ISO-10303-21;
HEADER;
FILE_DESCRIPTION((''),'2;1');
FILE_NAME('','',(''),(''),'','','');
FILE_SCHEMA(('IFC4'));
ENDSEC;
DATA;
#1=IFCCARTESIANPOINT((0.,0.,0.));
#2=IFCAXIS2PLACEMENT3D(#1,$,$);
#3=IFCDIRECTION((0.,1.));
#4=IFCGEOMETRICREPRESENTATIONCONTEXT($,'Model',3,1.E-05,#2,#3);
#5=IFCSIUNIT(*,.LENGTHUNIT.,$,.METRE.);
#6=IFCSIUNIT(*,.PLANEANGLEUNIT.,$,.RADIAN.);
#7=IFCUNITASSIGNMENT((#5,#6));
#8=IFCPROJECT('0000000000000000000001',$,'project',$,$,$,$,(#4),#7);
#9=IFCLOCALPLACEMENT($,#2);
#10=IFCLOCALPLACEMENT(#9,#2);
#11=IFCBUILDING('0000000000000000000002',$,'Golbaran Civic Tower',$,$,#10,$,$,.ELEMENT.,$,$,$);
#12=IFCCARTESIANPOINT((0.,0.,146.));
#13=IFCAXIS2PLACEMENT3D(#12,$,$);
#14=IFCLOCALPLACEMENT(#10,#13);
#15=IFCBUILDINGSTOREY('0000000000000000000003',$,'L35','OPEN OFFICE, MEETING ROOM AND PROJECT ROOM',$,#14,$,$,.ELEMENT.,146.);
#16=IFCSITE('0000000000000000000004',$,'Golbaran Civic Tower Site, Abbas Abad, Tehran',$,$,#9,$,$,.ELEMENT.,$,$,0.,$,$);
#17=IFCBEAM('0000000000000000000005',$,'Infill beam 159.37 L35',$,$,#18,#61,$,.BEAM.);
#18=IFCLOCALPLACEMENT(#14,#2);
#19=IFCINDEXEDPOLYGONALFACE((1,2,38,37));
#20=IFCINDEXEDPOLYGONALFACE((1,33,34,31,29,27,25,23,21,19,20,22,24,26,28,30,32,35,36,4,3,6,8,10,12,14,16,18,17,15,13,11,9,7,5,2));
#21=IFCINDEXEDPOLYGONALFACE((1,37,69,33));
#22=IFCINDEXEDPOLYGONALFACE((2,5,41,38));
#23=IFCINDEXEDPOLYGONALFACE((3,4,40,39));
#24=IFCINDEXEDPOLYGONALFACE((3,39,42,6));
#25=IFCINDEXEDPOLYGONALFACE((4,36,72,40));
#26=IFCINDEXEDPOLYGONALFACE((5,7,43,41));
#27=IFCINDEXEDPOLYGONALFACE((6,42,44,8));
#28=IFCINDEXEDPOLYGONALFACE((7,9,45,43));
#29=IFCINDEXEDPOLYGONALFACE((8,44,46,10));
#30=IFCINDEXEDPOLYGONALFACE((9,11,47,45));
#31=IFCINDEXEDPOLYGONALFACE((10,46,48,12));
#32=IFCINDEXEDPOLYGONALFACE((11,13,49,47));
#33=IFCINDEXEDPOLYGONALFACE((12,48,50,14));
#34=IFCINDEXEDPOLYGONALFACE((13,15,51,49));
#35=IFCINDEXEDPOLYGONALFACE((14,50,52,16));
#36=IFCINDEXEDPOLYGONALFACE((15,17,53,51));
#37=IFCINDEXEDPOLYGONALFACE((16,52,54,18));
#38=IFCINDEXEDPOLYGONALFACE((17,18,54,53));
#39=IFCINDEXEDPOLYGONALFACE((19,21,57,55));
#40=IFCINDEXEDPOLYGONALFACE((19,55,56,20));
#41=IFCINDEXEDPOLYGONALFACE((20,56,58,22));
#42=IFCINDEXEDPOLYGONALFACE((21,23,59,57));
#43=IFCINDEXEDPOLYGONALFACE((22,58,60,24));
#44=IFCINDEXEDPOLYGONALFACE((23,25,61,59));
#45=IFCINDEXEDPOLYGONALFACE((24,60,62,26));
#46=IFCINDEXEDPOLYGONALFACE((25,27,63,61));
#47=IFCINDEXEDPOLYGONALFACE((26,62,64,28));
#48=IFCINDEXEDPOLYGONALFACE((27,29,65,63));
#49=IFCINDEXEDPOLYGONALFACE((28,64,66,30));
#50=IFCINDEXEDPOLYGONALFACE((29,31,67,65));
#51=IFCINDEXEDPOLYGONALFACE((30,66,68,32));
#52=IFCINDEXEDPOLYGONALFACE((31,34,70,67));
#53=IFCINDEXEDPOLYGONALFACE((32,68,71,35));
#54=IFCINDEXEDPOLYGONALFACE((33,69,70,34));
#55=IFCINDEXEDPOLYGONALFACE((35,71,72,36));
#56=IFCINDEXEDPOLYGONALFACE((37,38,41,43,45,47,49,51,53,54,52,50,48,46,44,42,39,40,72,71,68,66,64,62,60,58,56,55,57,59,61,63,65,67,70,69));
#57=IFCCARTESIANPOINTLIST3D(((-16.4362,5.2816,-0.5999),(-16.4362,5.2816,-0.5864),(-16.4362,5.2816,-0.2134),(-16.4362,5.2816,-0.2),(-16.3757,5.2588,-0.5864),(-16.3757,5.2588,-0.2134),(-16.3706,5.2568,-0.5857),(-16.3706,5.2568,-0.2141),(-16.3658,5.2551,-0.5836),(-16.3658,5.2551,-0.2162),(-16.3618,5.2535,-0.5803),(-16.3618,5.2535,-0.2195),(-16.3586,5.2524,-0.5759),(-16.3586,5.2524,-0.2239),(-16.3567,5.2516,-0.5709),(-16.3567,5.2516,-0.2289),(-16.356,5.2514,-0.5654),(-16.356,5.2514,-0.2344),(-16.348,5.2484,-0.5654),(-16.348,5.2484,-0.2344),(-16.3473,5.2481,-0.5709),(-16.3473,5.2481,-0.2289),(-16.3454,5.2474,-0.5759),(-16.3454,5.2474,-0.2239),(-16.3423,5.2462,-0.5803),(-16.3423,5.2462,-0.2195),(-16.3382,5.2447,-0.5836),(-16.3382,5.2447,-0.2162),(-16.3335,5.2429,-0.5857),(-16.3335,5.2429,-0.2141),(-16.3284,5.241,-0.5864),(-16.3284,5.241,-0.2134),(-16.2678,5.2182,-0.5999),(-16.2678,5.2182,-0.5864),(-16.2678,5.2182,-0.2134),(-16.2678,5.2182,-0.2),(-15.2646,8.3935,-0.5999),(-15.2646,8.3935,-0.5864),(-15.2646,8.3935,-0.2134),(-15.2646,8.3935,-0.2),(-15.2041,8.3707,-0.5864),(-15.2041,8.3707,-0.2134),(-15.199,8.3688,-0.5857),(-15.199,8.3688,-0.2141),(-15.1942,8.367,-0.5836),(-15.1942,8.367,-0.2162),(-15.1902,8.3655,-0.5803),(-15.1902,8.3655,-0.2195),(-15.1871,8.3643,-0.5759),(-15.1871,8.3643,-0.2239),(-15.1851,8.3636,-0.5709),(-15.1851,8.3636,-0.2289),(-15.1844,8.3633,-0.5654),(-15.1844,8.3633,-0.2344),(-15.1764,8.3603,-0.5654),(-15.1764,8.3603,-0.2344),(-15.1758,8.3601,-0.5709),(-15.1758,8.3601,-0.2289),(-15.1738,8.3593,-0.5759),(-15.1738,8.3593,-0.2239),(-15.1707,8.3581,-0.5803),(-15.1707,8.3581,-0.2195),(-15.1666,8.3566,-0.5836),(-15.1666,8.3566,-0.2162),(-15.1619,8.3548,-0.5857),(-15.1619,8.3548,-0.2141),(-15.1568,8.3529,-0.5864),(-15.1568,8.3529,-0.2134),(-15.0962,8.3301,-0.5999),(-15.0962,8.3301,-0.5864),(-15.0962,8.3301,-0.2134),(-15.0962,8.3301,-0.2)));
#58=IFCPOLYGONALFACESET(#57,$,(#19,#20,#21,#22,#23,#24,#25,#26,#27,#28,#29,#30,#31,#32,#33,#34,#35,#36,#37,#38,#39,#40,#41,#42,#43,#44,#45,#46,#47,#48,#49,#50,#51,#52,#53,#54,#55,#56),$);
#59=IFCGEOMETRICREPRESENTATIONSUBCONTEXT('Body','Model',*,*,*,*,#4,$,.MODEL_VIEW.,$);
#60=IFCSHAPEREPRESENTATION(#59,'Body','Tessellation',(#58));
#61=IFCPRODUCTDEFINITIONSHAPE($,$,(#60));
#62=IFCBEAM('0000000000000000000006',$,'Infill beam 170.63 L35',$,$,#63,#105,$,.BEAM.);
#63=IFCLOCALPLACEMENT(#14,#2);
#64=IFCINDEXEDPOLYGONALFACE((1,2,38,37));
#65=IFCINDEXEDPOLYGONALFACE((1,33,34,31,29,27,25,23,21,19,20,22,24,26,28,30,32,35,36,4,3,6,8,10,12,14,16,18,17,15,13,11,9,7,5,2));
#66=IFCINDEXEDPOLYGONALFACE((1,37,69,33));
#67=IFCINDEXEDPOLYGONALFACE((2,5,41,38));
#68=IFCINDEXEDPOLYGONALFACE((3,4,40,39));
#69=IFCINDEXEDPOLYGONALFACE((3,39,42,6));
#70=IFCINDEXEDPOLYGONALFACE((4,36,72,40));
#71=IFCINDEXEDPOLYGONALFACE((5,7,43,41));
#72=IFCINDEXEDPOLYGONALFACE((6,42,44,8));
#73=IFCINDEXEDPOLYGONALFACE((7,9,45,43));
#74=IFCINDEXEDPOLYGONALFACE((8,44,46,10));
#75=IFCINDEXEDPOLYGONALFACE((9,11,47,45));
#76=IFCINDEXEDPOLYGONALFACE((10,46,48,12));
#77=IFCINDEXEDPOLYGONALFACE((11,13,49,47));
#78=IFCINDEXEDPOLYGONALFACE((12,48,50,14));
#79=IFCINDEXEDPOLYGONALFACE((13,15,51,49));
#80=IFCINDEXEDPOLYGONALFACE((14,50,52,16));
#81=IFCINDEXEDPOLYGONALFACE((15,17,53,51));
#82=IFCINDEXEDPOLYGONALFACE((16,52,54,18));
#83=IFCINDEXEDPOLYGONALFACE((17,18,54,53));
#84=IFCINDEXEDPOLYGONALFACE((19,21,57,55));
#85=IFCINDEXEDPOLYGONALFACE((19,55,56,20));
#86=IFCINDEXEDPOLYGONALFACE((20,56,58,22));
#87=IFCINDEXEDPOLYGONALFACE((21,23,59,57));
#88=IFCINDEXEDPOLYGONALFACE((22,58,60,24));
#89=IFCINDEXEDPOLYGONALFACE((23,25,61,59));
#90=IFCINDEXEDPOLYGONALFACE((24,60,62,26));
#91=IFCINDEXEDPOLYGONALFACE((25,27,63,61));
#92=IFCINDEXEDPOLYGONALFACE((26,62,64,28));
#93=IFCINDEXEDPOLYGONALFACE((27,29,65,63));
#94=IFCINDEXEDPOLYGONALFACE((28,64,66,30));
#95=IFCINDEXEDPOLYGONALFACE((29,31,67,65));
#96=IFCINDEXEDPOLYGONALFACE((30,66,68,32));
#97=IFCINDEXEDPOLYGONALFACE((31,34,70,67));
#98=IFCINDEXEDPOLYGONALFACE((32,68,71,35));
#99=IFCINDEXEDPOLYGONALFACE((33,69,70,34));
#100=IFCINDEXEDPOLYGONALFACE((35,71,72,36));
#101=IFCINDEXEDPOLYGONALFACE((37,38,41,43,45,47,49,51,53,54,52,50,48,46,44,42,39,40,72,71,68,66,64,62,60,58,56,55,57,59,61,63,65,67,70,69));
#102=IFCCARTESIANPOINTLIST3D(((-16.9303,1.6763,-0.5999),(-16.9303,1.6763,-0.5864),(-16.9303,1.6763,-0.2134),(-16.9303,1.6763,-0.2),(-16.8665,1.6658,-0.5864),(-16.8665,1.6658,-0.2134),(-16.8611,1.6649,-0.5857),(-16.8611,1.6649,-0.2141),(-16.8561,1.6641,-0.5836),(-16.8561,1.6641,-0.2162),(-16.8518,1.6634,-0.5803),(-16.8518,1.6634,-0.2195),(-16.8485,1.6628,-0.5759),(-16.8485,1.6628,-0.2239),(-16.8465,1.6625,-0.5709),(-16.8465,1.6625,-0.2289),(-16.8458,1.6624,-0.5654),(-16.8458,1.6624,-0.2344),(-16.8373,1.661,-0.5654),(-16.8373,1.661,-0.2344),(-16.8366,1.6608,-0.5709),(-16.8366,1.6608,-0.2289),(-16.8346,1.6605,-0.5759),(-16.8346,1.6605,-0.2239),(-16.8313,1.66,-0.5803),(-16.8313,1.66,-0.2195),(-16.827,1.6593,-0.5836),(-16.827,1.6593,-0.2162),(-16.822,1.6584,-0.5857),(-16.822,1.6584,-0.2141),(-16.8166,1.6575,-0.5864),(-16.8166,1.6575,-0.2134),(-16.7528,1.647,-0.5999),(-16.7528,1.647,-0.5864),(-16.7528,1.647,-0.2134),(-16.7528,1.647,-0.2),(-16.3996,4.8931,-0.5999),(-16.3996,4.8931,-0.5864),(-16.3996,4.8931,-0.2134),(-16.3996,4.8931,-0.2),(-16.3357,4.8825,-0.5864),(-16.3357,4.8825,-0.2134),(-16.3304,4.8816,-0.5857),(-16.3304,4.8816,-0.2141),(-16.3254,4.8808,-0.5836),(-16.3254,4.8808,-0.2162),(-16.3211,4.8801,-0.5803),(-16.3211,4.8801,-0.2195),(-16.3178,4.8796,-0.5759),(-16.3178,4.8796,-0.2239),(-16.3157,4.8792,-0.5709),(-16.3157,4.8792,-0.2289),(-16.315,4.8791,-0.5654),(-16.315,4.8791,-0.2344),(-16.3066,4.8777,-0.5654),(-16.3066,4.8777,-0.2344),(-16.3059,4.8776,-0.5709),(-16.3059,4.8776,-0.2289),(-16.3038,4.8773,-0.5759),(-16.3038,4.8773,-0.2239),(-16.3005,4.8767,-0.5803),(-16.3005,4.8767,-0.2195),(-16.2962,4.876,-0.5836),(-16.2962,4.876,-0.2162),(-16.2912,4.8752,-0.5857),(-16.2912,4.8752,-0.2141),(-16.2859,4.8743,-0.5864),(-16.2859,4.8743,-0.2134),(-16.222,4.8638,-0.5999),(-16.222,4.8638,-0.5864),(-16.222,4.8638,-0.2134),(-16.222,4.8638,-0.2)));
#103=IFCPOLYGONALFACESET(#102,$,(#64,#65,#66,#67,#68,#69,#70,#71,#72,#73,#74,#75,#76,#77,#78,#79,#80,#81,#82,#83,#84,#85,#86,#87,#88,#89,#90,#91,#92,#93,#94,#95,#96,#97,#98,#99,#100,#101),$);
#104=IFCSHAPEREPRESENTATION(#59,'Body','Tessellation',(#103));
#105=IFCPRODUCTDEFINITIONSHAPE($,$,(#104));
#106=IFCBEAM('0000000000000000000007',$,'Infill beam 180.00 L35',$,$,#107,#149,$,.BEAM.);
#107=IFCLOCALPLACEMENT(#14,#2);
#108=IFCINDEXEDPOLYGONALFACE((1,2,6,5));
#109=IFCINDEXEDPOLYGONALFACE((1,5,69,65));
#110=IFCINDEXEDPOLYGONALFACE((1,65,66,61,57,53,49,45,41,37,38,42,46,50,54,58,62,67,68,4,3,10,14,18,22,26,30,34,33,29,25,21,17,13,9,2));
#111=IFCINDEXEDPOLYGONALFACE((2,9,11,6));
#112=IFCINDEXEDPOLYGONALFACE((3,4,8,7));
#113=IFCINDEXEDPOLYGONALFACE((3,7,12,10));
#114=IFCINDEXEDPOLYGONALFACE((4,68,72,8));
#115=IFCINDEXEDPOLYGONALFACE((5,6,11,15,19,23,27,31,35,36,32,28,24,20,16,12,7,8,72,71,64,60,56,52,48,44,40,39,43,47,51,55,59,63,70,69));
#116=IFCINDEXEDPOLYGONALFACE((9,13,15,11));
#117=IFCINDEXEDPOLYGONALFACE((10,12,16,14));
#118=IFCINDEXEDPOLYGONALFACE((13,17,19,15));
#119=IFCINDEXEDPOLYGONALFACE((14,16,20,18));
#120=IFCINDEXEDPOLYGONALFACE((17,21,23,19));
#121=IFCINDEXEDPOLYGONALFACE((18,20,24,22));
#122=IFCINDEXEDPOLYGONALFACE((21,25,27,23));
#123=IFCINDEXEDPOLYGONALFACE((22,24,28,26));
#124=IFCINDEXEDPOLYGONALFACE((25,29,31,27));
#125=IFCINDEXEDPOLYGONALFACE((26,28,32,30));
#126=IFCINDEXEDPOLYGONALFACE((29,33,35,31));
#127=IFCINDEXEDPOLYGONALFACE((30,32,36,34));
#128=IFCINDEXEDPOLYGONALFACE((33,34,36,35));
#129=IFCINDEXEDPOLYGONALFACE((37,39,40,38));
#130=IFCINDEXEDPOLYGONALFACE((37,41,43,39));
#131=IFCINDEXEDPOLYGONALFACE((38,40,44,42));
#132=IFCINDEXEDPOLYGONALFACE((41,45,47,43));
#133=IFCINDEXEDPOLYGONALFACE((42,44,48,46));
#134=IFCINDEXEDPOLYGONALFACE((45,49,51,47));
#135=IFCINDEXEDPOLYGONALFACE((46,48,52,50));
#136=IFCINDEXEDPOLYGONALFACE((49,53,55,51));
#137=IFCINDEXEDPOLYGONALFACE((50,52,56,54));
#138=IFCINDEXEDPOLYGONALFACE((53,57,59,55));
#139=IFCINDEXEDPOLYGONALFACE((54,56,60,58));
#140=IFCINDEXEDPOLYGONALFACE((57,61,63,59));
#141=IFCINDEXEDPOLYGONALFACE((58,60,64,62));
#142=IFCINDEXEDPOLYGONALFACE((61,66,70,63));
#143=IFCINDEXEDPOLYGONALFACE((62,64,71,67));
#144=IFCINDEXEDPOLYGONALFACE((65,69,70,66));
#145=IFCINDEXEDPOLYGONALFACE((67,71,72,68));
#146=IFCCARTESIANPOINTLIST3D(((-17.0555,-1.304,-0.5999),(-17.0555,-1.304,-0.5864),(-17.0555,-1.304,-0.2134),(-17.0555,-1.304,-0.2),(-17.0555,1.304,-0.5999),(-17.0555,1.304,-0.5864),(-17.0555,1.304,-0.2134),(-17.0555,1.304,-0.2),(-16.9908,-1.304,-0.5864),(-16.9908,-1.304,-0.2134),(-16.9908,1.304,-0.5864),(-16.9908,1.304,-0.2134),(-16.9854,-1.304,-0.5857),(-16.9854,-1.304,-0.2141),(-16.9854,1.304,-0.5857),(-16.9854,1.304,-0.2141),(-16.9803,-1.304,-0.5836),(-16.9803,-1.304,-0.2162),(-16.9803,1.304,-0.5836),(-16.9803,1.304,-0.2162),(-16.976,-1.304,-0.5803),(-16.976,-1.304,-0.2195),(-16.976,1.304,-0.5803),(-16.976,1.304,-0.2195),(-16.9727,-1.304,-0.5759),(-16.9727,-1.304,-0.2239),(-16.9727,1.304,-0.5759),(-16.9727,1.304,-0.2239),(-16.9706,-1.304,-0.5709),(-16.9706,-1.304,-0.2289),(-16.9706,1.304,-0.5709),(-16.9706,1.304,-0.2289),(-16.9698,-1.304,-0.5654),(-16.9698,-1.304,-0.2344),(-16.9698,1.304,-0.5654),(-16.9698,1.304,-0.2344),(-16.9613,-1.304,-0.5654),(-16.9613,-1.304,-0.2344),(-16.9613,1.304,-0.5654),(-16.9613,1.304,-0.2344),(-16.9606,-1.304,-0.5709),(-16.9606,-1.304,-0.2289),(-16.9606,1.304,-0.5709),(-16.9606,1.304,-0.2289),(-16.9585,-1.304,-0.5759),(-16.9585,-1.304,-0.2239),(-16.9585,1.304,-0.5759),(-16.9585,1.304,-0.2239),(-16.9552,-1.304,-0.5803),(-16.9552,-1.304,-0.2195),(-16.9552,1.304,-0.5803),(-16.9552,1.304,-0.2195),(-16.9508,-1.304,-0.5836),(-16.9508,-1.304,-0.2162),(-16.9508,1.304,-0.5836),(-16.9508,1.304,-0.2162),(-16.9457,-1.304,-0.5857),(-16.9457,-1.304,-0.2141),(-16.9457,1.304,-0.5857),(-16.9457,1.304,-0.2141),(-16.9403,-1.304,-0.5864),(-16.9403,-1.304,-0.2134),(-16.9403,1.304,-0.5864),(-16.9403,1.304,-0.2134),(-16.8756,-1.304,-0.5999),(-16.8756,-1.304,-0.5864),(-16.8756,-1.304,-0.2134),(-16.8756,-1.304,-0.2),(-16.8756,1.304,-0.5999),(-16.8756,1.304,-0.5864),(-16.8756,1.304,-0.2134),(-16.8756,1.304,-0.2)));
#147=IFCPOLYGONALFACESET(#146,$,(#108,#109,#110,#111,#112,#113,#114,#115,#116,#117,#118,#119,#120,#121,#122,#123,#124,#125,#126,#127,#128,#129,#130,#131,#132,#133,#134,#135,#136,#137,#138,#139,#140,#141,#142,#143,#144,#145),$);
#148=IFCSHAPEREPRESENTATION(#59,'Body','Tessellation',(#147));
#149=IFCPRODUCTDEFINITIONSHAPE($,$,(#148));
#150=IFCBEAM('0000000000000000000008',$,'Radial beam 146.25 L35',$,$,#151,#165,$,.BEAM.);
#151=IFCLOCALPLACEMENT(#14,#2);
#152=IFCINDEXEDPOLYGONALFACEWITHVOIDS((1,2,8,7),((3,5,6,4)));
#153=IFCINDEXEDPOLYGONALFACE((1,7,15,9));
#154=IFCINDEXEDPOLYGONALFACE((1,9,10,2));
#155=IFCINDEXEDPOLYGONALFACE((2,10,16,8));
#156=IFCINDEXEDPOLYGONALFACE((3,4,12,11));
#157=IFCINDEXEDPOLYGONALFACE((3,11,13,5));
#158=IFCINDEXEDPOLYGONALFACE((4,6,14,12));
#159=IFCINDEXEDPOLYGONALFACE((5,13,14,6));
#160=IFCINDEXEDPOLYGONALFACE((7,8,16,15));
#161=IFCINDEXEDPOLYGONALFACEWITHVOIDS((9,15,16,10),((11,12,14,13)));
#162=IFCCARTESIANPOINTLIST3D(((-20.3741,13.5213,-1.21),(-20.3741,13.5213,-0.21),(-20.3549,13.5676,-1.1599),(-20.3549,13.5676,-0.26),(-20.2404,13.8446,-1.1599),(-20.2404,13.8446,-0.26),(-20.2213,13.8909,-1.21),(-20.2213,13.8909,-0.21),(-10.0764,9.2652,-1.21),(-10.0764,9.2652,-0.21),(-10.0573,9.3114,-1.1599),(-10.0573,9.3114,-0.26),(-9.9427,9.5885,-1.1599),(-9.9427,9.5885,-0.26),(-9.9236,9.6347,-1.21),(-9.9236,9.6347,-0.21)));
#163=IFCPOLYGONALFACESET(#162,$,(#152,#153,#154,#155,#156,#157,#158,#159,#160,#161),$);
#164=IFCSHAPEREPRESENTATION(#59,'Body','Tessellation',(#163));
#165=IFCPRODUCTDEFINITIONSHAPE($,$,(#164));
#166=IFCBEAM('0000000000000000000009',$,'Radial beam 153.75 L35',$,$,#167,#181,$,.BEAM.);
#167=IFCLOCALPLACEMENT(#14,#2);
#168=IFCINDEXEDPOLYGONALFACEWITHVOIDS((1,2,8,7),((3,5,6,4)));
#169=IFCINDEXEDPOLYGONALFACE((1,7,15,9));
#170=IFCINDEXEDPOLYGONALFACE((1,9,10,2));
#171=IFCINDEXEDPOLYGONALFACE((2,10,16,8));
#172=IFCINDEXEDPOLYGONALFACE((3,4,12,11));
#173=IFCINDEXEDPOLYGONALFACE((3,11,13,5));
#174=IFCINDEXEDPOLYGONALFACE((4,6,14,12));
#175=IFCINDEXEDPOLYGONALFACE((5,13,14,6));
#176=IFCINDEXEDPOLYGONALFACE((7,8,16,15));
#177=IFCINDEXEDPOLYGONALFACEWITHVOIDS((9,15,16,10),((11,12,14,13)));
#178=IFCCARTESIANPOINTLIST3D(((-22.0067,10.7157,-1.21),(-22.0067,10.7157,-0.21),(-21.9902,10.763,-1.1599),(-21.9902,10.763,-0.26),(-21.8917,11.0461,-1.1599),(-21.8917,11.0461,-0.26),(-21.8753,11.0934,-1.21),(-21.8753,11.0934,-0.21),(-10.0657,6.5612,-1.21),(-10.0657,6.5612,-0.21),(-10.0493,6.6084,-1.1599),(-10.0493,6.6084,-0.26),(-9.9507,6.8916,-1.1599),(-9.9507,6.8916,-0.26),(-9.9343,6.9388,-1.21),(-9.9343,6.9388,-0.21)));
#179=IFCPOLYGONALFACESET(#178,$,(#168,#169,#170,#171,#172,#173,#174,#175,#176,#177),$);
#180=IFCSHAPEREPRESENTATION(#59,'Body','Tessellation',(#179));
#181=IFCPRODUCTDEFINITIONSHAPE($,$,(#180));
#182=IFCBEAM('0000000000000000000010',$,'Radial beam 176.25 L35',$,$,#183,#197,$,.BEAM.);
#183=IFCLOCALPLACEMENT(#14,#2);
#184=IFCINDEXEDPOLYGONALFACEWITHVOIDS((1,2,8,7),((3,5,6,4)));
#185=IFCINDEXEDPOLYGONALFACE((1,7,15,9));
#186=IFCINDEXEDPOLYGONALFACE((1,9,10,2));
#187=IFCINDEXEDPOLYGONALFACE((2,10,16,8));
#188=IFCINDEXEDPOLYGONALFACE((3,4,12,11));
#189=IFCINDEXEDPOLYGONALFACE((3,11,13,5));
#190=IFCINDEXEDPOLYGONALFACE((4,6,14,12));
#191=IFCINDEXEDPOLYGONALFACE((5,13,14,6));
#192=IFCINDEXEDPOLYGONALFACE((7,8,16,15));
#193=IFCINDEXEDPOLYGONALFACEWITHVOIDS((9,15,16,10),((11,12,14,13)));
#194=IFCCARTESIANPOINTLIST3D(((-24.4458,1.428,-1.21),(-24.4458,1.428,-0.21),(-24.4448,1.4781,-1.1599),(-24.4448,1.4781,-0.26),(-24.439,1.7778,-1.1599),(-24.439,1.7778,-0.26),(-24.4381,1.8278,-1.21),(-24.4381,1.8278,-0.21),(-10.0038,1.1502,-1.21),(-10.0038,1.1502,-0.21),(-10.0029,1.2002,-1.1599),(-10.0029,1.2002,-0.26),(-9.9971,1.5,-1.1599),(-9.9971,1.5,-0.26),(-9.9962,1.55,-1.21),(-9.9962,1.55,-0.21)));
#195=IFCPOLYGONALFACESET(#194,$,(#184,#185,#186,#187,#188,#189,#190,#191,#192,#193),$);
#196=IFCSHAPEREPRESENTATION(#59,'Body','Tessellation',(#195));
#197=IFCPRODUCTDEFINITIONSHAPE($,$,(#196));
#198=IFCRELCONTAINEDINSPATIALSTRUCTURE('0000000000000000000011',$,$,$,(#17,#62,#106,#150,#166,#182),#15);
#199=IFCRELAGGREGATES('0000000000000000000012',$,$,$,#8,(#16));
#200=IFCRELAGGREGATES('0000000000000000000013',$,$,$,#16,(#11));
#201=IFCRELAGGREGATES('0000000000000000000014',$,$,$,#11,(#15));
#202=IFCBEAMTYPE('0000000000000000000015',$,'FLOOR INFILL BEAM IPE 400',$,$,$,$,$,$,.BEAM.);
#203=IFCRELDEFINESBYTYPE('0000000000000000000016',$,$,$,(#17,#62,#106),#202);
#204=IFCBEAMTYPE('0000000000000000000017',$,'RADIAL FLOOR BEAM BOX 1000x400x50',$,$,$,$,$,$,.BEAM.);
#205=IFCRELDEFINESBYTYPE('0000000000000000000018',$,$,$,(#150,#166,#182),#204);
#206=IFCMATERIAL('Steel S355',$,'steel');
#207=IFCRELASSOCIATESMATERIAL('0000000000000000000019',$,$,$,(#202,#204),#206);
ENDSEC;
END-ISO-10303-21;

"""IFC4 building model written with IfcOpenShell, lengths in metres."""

from ifc_helpers import new_model, si_unit, direction, frame, origin, origin_2d, place, context, subcontext, project, spatial, hollow_rectangle, i_section, extrude, material, material_profile, profile_set, type_object, element, save


model = new_model("IFC4")

# Units and contexts
model_context = context("Model", 3, precision=1e-05, world=origin(), true_north=direction((0.0, 1.0)))
body_context = subcontext(model_context, "Body", "Model", "MODEL_VIEW")
ifc_project = project(units=[si_unit("LENGTHUNIT", "METRE"), si_unit("PLANEANGLEUNIT", "RADIAN")], contexts=[model_context])

# Site, building, storey
site_placement = place(None, origin())
site = spatial("IfcSite", under=ifc_project, at=site_placement, Name="Golbaran Civic Tower Site, Abbas Abad, Tehran", CompositionType="ELEMENT", RefElevation=0.0)
building_placement = place(site_placement, origin())
building = spatial("IfcBuilding", under=site, at=building_placement, Name="Golbaran Civic Tower", CompositionType="ELEMENT")
storey_placement = place(building_placement, frame((0.0, 0.0, 146.0)))
storey = spatial("IfcBuildingStorey", under=building, at=storey_placement, Name="L35", Description="OPEN OFFICE, MEETING ROOM AND PROJECT ROOM", CompositionType="ELEMENT", Elevation=146.0)

# Beams
ifc_material_1 = material(Name="Steel S355", Category="steel")
ifc_material_profile_1 = material_profile(ifc_material_1, i_section(OverallWidth=0.1799, OverallDepth=0.3999, WebThickness=0.0085, FlangeThickness=0.0134, FilletRadius=0.021, at=origin_2d()), Name="IPE 400")
ifc_profile_set_1 = profile_set([ifc_material_profile_1], Name="Steel S355")
beam_type_1 = type_object("IfcBeamType", Name="FLOOR INFILL BEAM IPE 400", PredefinedType="BEAM", material=ifc_profile_set_1)
beam_1_placement = place(storey_placement, frame((-15.1804, 8.3618, -0.3999), z_axis=(-0.352338, -0.935873, 0.0), x_axis=(0.935873, -0.352338, 0.0)))
element("IfcBeam", 1, at=beam_1_placement, inside=storey, type_object=beam_type_1, Name="Infill beam 159.37 L35", PredefinedType="BEAM", context=body_context, shape_type="SweptSolid", body=[
    extrude(i_section(OverallWidth=0.1799, OverallDepth=0.3999, WebThickness=0.0085, FlangeThickness=0.0134, FilletRadius=0.021, at=origin_2d()), origin(), (0.0, 0.0, 1.0), 3.3252),
])
beam_2_placement = place(storey_placement, frame((-16.3108, 4.8784, -0.3999), z_axis=(-0.162796, -0.98666, 0.0), x_axis=(0.98666, -0.162796, 0.0)))
element("IfcBeam", 2, at=beam_2_placement, inside=storey, type_object=beam_type_1, Name="Infill beam 170.63 L35", PredefinedType="BEAM", context=body_context, shape_type="SweptSolid", body=[
    extrude(i_section(OverallWidth=0.1799, OverallDepth=0.3999, WebThickness=0.0085, FlangeThickness=0.0134, FilletRadius=0.021, at=origin_2d()), origin(), (0.0, 0.0, 1.0), 3.2603),
])
beam_3_placement = place(storey_placement, frame((-16.9656, 1.304, -0.3999), z_axis=(0.0, -1.0, 0.0), x_axis=(1.0, 0.0, 0.0)))
element("IfcBeam", 3, at=beam_3_placement, inside=storey, type_object=beam_type_1, Name="Infill beam 180.00 L35", PredefinedType="BEAM", context=body_context, shape_type="SweptSolid", body=[
    extrude(i_section(OverallWidth=0.1799, OverallDepth=0.3999, WebThickness=0.0085, FlangeThickness=0.0134, FilletRadius=0.021, at=origin_2d()), origin(), (0.0, 0.0, 1.0), 2.6079),
])
ifc_material_profile_2 = material_profile(ifc_material_1, hollow_rectangle(XDim=0.3999, YDim=1.0, WallThickness=0.05, at=origin_2d()), Name="BOX 1000x400x50")
ifc_profile_set_2 = profile_set([ifc_material_profile_2], Name="Steel S355")
beam_type_2 = type_object("IfcBeamType", Name="RADIAL FLOOR BEAM BOX 1000x400x50", PredefinedType="BEAM", material=ifc_profile_set_2)
beam_4_placement = place(storey_placement, frame((-10.0, 9.45, -0.71), z_axis=(-0.924175, 0.381971, 0.0), x_axis=(-0.381971, -0.924175, 0.0)))
element("IfcBeam", 4, at=beam_4_placement, inside=storey, type_object=beam_type_2, Name="Radial beam 146.25 L35", PredefinedType="BEAM", context=body_context, shape_type="SweptSolid", body=[
    extrude(hollow_rectangle(XDim=0.3999, YDim=1.0, WallThickness=0.05, at=origin_2d()), origin(), (0.0, 0.0, 1.0), 11.1426),
])
beam_5_placement = place(storey_placement, frame((-10.0, 6.75, -0.71), z_axis=(-0.944468, 0.328604, 0.0), x_axis=(-0.328604, -0.944468, 0.0)))
element("IfcBeam", 5, at=beam_5_placement, inside=storey, type_object=beam_type_2, Name="Radial beam 153.75 L35", PredefinedType="BEAM", context=body_context, shape_type="SweptSolid", body=[
    extrude(hollow_rectangle(XDim=0.3999, YDim=1.0, WallThickness=0.05, at=origin_2d()), origin(), (0.0, 0.0, 1.0), 12.6431),
])
beam_6_placement = place(storey_placement, frame((-10.0, 1.3501, -0.71), z_axis=(-0.999815, 0.019234, 0.0), x_axis=(-0.019234, -0.999815, 0.0)))
element("IfcBeam", 6, at=beam_6_placement, inside=storey, type_object=beam_type_2, Name="Radial beam 176.25 L35", PredefinedType="BEAM", context=body_context, shape_type="SweptSolid", body=[
    extrude(hollow_rectangle(XDim=0.3999, YDim=1.0, WallThickness=0.05, at=origin_2d()), origin(), (0.0, 0.0, 1.0), 14.4446),
])

save(model, "model.ifc")
